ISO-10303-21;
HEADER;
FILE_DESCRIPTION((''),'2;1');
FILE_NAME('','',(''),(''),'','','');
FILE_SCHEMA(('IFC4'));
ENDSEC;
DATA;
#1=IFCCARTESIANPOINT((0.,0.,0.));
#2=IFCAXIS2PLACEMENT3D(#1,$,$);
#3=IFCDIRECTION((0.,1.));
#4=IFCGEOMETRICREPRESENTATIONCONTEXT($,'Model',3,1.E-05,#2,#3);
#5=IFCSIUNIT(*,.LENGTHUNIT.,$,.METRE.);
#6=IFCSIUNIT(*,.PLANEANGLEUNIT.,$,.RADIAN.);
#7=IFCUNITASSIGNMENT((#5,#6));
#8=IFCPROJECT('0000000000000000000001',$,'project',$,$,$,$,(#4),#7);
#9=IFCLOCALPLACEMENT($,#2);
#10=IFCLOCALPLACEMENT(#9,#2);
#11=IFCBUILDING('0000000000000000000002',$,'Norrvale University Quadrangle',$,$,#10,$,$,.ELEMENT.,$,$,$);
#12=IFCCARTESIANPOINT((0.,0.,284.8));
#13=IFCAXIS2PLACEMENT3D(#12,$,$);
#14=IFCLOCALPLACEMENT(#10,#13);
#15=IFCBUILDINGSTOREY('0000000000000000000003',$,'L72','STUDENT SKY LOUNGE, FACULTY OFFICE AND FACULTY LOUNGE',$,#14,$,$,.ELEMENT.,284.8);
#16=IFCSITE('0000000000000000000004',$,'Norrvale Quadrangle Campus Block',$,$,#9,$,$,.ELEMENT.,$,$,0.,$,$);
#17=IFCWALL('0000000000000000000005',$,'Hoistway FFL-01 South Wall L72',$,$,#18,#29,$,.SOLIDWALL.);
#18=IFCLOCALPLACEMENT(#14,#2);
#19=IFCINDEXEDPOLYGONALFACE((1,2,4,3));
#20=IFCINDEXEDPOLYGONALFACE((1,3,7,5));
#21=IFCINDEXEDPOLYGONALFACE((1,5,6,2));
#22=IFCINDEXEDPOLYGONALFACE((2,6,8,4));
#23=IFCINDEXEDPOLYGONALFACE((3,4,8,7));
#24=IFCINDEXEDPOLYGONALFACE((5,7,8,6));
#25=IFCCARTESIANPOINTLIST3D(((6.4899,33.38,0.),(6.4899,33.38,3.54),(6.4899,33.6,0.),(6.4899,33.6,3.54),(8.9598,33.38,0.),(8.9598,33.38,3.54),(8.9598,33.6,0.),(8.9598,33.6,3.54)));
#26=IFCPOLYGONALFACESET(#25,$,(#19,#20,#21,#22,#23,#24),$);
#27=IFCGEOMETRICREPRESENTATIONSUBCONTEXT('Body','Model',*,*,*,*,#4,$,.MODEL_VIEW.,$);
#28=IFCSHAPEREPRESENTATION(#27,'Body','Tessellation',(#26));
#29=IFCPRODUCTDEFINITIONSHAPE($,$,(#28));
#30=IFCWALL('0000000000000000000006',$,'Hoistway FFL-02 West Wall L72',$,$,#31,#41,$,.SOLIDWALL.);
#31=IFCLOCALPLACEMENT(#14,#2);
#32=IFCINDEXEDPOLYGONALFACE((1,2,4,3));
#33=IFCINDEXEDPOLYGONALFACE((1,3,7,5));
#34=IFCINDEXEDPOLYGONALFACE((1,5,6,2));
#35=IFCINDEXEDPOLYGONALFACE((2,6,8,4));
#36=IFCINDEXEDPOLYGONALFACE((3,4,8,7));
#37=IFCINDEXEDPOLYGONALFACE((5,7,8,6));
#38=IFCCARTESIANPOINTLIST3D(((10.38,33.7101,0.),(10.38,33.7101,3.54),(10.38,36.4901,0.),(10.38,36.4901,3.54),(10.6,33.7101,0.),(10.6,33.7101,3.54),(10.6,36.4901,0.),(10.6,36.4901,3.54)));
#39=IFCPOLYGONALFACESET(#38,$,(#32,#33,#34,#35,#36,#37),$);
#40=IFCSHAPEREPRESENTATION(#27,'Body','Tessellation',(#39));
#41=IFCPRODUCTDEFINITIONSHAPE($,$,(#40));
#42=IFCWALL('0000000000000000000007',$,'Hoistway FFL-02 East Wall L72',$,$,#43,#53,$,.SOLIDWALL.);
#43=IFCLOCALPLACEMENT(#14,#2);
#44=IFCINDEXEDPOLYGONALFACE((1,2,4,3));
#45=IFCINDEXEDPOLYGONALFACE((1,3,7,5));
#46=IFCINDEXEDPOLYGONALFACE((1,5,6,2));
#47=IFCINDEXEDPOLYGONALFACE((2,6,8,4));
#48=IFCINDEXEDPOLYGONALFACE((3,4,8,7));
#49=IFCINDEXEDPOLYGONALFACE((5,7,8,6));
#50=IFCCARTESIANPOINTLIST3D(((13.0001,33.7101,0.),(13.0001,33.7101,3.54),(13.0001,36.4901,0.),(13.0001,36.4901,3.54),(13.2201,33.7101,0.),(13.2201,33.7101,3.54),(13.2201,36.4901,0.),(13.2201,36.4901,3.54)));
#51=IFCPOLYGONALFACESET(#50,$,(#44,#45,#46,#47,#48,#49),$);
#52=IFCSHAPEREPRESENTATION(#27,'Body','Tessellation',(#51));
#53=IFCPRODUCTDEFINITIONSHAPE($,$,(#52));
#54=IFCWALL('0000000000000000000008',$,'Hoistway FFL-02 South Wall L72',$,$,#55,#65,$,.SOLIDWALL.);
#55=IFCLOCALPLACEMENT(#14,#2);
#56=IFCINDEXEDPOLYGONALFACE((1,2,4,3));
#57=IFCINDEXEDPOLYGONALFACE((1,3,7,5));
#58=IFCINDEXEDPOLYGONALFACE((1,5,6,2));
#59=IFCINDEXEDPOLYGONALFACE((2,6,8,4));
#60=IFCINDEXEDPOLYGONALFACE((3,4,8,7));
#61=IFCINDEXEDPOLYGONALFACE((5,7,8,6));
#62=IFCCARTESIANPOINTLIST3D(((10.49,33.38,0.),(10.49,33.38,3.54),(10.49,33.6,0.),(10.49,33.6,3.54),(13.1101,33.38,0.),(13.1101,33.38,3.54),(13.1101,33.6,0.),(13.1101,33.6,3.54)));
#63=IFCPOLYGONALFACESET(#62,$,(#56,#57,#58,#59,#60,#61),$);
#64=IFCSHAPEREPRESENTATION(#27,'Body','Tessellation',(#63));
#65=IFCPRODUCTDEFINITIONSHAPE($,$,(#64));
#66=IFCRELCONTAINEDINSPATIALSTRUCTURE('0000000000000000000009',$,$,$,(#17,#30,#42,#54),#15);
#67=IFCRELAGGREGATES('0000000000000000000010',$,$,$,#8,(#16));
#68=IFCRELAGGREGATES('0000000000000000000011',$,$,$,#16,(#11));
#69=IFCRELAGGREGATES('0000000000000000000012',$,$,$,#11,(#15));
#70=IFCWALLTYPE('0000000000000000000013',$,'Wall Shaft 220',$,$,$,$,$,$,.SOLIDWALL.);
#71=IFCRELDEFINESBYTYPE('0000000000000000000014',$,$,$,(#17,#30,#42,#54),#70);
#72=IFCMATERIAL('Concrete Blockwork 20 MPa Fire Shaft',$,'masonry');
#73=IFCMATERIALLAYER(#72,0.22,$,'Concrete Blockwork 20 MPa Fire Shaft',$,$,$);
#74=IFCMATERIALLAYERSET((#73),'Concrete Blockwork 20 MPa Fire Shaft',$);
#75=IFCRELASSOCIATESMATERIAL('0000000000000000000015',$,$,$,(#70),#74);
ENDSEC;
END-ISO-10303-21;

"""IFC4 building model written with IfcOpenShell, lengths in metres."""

from ifc_helpers import new_model, si_unit, direction, frame, frame_2d, origin, place, context, subcontext, project, spatial, rectangle, extrude, material, layer, layer_set, type_object, element, save


model = new_model("IFC4")

# Units and contexts
model_context = context("Model", 3, precision=1e-05, world=origin(), true_north=direction((0.0, 1.0)))
body_context = subcontext(model_context, "Body", "Model", "MODEL_VIEW")
ifc_project = project(units=[si_unit("LENGTHUNIT", "METRE"), si_unit("PLANEANGLEUNIT", "RADIAN")], contexts=[model_context])

# Site, building, storey
site_placement = place(None, origin())
site = spatial("IfcSite", under=ifc_project, at=site_placement, Name="Norrvale Quadrangle Campus Block", CompositionType="ELEMENT", RefElevation=0.0)
building_placement = place(site_placement, origin())
building = spatial("IfcBuilding", under=site, at=building_placement, Name="Norrvale University Quadrangle", CompositionType="ELEMENT")
storey_placement = place(building_placement, frame((0.0, 0.0, 284.8)))
storey = spatial("IfcBuildingStorey", under=building, at=storey_placement, Name="L72", Description="STUDENT SKY LOUNGE, FACULTY OFFICE AND FACULTY LOUNGE", CompositionType="ELEMENT", Elevation=284.8)

# Shared definitions
ifc_material_1 = material(Name="Concrete Blockwork 20 MPa Fire Shaft", Category="masonry")
ifc_layer_1 = layer(ifc_material_1, 0.22, Name="Concrete Blockwork 20 MPa Fire Shaft")
ifc_layer_set_1 = layer_set([ifc_layer_1], Name="Concrete Blockwork 20 MPa Fire Shaft")
wall_type_1 = type_object("IfcWallType", Name="Wall Shaft 220", PredefinedType="SOLIDWALL", material=ifc_layer_set_1)

# Walls
wall_1_placement = place(storey_placement, frame((6.49, 33.49, 0.0), z_axis=(0.0, 0.0, 1.0), x_axis=(1.0, 0.0, 0.0)))
element("IfcWall", 1, at=wall_1_placement, inside=storey, type_object=wall_type_1, Name="Hoistway FFL-01 South Wall L72", PredefinedType="SOLIDWALL", context=body_context, shape_type="SweptSolid", body=[
    extrude(rectangle(XDim=2.47, YDim=0.22, at=frame_2d((1.2349, 0.0))), origin(), (0.0, 0.0, 1.0), 3.54),
])
for number, where, z_axis, x_axis, name in (
    (2, (10.49, 33.71, 0.0), (0.0, 0.0, 1.0), (0.0, 1.0, 0.0), "Hoistway FFL-02 West Wall L72"),
    (3, (13.1101, 33.71, 0.0), (0.0, 0.0, 1.0), (0.0, 1.0, 0.0), "Hoistway FFL-02 East Wall L72"),
):
    element("IfcWall", number, at=place(storey_placement, frame(where, z_axis=z_axis, x_axis=x_axis)), inside=storey, type_object=wall_type_1, Name=name, PredefinedType="SOLIDWALL", context=body_context, shape_type="SweptSolid", body=[
        extrude(rectangle(XDim=2.78, YDim=0.22, at=frame_2d((1.3901, 0.0))), origin(), (0.0, 0.0, 1.0), 3.54),
    ])
wall_2_placement = place(storey_placement, frame((10.49, 33.49, 0.0), z_axis=(0.0, 0.0, 1.0), x_axis=(1.0, 0.0, 0.0)))
element("IfcWall", 4, at=wall_2_placement, inside=storey, type_object=wall_type_1, Name="Hoistway FFL-02 South Wall L72", PredefinedType="SOLIDWALL", context=body_context, shape_type="SweptSolid", body=[
    extrude(rectangle(XDim=2.6201, YDim=0.22, at=frame_2d((1.3101, 0.0))), origin(), (0.0, 0.0, 1.0), 3.54),
])

save(model, "model.ifc")
